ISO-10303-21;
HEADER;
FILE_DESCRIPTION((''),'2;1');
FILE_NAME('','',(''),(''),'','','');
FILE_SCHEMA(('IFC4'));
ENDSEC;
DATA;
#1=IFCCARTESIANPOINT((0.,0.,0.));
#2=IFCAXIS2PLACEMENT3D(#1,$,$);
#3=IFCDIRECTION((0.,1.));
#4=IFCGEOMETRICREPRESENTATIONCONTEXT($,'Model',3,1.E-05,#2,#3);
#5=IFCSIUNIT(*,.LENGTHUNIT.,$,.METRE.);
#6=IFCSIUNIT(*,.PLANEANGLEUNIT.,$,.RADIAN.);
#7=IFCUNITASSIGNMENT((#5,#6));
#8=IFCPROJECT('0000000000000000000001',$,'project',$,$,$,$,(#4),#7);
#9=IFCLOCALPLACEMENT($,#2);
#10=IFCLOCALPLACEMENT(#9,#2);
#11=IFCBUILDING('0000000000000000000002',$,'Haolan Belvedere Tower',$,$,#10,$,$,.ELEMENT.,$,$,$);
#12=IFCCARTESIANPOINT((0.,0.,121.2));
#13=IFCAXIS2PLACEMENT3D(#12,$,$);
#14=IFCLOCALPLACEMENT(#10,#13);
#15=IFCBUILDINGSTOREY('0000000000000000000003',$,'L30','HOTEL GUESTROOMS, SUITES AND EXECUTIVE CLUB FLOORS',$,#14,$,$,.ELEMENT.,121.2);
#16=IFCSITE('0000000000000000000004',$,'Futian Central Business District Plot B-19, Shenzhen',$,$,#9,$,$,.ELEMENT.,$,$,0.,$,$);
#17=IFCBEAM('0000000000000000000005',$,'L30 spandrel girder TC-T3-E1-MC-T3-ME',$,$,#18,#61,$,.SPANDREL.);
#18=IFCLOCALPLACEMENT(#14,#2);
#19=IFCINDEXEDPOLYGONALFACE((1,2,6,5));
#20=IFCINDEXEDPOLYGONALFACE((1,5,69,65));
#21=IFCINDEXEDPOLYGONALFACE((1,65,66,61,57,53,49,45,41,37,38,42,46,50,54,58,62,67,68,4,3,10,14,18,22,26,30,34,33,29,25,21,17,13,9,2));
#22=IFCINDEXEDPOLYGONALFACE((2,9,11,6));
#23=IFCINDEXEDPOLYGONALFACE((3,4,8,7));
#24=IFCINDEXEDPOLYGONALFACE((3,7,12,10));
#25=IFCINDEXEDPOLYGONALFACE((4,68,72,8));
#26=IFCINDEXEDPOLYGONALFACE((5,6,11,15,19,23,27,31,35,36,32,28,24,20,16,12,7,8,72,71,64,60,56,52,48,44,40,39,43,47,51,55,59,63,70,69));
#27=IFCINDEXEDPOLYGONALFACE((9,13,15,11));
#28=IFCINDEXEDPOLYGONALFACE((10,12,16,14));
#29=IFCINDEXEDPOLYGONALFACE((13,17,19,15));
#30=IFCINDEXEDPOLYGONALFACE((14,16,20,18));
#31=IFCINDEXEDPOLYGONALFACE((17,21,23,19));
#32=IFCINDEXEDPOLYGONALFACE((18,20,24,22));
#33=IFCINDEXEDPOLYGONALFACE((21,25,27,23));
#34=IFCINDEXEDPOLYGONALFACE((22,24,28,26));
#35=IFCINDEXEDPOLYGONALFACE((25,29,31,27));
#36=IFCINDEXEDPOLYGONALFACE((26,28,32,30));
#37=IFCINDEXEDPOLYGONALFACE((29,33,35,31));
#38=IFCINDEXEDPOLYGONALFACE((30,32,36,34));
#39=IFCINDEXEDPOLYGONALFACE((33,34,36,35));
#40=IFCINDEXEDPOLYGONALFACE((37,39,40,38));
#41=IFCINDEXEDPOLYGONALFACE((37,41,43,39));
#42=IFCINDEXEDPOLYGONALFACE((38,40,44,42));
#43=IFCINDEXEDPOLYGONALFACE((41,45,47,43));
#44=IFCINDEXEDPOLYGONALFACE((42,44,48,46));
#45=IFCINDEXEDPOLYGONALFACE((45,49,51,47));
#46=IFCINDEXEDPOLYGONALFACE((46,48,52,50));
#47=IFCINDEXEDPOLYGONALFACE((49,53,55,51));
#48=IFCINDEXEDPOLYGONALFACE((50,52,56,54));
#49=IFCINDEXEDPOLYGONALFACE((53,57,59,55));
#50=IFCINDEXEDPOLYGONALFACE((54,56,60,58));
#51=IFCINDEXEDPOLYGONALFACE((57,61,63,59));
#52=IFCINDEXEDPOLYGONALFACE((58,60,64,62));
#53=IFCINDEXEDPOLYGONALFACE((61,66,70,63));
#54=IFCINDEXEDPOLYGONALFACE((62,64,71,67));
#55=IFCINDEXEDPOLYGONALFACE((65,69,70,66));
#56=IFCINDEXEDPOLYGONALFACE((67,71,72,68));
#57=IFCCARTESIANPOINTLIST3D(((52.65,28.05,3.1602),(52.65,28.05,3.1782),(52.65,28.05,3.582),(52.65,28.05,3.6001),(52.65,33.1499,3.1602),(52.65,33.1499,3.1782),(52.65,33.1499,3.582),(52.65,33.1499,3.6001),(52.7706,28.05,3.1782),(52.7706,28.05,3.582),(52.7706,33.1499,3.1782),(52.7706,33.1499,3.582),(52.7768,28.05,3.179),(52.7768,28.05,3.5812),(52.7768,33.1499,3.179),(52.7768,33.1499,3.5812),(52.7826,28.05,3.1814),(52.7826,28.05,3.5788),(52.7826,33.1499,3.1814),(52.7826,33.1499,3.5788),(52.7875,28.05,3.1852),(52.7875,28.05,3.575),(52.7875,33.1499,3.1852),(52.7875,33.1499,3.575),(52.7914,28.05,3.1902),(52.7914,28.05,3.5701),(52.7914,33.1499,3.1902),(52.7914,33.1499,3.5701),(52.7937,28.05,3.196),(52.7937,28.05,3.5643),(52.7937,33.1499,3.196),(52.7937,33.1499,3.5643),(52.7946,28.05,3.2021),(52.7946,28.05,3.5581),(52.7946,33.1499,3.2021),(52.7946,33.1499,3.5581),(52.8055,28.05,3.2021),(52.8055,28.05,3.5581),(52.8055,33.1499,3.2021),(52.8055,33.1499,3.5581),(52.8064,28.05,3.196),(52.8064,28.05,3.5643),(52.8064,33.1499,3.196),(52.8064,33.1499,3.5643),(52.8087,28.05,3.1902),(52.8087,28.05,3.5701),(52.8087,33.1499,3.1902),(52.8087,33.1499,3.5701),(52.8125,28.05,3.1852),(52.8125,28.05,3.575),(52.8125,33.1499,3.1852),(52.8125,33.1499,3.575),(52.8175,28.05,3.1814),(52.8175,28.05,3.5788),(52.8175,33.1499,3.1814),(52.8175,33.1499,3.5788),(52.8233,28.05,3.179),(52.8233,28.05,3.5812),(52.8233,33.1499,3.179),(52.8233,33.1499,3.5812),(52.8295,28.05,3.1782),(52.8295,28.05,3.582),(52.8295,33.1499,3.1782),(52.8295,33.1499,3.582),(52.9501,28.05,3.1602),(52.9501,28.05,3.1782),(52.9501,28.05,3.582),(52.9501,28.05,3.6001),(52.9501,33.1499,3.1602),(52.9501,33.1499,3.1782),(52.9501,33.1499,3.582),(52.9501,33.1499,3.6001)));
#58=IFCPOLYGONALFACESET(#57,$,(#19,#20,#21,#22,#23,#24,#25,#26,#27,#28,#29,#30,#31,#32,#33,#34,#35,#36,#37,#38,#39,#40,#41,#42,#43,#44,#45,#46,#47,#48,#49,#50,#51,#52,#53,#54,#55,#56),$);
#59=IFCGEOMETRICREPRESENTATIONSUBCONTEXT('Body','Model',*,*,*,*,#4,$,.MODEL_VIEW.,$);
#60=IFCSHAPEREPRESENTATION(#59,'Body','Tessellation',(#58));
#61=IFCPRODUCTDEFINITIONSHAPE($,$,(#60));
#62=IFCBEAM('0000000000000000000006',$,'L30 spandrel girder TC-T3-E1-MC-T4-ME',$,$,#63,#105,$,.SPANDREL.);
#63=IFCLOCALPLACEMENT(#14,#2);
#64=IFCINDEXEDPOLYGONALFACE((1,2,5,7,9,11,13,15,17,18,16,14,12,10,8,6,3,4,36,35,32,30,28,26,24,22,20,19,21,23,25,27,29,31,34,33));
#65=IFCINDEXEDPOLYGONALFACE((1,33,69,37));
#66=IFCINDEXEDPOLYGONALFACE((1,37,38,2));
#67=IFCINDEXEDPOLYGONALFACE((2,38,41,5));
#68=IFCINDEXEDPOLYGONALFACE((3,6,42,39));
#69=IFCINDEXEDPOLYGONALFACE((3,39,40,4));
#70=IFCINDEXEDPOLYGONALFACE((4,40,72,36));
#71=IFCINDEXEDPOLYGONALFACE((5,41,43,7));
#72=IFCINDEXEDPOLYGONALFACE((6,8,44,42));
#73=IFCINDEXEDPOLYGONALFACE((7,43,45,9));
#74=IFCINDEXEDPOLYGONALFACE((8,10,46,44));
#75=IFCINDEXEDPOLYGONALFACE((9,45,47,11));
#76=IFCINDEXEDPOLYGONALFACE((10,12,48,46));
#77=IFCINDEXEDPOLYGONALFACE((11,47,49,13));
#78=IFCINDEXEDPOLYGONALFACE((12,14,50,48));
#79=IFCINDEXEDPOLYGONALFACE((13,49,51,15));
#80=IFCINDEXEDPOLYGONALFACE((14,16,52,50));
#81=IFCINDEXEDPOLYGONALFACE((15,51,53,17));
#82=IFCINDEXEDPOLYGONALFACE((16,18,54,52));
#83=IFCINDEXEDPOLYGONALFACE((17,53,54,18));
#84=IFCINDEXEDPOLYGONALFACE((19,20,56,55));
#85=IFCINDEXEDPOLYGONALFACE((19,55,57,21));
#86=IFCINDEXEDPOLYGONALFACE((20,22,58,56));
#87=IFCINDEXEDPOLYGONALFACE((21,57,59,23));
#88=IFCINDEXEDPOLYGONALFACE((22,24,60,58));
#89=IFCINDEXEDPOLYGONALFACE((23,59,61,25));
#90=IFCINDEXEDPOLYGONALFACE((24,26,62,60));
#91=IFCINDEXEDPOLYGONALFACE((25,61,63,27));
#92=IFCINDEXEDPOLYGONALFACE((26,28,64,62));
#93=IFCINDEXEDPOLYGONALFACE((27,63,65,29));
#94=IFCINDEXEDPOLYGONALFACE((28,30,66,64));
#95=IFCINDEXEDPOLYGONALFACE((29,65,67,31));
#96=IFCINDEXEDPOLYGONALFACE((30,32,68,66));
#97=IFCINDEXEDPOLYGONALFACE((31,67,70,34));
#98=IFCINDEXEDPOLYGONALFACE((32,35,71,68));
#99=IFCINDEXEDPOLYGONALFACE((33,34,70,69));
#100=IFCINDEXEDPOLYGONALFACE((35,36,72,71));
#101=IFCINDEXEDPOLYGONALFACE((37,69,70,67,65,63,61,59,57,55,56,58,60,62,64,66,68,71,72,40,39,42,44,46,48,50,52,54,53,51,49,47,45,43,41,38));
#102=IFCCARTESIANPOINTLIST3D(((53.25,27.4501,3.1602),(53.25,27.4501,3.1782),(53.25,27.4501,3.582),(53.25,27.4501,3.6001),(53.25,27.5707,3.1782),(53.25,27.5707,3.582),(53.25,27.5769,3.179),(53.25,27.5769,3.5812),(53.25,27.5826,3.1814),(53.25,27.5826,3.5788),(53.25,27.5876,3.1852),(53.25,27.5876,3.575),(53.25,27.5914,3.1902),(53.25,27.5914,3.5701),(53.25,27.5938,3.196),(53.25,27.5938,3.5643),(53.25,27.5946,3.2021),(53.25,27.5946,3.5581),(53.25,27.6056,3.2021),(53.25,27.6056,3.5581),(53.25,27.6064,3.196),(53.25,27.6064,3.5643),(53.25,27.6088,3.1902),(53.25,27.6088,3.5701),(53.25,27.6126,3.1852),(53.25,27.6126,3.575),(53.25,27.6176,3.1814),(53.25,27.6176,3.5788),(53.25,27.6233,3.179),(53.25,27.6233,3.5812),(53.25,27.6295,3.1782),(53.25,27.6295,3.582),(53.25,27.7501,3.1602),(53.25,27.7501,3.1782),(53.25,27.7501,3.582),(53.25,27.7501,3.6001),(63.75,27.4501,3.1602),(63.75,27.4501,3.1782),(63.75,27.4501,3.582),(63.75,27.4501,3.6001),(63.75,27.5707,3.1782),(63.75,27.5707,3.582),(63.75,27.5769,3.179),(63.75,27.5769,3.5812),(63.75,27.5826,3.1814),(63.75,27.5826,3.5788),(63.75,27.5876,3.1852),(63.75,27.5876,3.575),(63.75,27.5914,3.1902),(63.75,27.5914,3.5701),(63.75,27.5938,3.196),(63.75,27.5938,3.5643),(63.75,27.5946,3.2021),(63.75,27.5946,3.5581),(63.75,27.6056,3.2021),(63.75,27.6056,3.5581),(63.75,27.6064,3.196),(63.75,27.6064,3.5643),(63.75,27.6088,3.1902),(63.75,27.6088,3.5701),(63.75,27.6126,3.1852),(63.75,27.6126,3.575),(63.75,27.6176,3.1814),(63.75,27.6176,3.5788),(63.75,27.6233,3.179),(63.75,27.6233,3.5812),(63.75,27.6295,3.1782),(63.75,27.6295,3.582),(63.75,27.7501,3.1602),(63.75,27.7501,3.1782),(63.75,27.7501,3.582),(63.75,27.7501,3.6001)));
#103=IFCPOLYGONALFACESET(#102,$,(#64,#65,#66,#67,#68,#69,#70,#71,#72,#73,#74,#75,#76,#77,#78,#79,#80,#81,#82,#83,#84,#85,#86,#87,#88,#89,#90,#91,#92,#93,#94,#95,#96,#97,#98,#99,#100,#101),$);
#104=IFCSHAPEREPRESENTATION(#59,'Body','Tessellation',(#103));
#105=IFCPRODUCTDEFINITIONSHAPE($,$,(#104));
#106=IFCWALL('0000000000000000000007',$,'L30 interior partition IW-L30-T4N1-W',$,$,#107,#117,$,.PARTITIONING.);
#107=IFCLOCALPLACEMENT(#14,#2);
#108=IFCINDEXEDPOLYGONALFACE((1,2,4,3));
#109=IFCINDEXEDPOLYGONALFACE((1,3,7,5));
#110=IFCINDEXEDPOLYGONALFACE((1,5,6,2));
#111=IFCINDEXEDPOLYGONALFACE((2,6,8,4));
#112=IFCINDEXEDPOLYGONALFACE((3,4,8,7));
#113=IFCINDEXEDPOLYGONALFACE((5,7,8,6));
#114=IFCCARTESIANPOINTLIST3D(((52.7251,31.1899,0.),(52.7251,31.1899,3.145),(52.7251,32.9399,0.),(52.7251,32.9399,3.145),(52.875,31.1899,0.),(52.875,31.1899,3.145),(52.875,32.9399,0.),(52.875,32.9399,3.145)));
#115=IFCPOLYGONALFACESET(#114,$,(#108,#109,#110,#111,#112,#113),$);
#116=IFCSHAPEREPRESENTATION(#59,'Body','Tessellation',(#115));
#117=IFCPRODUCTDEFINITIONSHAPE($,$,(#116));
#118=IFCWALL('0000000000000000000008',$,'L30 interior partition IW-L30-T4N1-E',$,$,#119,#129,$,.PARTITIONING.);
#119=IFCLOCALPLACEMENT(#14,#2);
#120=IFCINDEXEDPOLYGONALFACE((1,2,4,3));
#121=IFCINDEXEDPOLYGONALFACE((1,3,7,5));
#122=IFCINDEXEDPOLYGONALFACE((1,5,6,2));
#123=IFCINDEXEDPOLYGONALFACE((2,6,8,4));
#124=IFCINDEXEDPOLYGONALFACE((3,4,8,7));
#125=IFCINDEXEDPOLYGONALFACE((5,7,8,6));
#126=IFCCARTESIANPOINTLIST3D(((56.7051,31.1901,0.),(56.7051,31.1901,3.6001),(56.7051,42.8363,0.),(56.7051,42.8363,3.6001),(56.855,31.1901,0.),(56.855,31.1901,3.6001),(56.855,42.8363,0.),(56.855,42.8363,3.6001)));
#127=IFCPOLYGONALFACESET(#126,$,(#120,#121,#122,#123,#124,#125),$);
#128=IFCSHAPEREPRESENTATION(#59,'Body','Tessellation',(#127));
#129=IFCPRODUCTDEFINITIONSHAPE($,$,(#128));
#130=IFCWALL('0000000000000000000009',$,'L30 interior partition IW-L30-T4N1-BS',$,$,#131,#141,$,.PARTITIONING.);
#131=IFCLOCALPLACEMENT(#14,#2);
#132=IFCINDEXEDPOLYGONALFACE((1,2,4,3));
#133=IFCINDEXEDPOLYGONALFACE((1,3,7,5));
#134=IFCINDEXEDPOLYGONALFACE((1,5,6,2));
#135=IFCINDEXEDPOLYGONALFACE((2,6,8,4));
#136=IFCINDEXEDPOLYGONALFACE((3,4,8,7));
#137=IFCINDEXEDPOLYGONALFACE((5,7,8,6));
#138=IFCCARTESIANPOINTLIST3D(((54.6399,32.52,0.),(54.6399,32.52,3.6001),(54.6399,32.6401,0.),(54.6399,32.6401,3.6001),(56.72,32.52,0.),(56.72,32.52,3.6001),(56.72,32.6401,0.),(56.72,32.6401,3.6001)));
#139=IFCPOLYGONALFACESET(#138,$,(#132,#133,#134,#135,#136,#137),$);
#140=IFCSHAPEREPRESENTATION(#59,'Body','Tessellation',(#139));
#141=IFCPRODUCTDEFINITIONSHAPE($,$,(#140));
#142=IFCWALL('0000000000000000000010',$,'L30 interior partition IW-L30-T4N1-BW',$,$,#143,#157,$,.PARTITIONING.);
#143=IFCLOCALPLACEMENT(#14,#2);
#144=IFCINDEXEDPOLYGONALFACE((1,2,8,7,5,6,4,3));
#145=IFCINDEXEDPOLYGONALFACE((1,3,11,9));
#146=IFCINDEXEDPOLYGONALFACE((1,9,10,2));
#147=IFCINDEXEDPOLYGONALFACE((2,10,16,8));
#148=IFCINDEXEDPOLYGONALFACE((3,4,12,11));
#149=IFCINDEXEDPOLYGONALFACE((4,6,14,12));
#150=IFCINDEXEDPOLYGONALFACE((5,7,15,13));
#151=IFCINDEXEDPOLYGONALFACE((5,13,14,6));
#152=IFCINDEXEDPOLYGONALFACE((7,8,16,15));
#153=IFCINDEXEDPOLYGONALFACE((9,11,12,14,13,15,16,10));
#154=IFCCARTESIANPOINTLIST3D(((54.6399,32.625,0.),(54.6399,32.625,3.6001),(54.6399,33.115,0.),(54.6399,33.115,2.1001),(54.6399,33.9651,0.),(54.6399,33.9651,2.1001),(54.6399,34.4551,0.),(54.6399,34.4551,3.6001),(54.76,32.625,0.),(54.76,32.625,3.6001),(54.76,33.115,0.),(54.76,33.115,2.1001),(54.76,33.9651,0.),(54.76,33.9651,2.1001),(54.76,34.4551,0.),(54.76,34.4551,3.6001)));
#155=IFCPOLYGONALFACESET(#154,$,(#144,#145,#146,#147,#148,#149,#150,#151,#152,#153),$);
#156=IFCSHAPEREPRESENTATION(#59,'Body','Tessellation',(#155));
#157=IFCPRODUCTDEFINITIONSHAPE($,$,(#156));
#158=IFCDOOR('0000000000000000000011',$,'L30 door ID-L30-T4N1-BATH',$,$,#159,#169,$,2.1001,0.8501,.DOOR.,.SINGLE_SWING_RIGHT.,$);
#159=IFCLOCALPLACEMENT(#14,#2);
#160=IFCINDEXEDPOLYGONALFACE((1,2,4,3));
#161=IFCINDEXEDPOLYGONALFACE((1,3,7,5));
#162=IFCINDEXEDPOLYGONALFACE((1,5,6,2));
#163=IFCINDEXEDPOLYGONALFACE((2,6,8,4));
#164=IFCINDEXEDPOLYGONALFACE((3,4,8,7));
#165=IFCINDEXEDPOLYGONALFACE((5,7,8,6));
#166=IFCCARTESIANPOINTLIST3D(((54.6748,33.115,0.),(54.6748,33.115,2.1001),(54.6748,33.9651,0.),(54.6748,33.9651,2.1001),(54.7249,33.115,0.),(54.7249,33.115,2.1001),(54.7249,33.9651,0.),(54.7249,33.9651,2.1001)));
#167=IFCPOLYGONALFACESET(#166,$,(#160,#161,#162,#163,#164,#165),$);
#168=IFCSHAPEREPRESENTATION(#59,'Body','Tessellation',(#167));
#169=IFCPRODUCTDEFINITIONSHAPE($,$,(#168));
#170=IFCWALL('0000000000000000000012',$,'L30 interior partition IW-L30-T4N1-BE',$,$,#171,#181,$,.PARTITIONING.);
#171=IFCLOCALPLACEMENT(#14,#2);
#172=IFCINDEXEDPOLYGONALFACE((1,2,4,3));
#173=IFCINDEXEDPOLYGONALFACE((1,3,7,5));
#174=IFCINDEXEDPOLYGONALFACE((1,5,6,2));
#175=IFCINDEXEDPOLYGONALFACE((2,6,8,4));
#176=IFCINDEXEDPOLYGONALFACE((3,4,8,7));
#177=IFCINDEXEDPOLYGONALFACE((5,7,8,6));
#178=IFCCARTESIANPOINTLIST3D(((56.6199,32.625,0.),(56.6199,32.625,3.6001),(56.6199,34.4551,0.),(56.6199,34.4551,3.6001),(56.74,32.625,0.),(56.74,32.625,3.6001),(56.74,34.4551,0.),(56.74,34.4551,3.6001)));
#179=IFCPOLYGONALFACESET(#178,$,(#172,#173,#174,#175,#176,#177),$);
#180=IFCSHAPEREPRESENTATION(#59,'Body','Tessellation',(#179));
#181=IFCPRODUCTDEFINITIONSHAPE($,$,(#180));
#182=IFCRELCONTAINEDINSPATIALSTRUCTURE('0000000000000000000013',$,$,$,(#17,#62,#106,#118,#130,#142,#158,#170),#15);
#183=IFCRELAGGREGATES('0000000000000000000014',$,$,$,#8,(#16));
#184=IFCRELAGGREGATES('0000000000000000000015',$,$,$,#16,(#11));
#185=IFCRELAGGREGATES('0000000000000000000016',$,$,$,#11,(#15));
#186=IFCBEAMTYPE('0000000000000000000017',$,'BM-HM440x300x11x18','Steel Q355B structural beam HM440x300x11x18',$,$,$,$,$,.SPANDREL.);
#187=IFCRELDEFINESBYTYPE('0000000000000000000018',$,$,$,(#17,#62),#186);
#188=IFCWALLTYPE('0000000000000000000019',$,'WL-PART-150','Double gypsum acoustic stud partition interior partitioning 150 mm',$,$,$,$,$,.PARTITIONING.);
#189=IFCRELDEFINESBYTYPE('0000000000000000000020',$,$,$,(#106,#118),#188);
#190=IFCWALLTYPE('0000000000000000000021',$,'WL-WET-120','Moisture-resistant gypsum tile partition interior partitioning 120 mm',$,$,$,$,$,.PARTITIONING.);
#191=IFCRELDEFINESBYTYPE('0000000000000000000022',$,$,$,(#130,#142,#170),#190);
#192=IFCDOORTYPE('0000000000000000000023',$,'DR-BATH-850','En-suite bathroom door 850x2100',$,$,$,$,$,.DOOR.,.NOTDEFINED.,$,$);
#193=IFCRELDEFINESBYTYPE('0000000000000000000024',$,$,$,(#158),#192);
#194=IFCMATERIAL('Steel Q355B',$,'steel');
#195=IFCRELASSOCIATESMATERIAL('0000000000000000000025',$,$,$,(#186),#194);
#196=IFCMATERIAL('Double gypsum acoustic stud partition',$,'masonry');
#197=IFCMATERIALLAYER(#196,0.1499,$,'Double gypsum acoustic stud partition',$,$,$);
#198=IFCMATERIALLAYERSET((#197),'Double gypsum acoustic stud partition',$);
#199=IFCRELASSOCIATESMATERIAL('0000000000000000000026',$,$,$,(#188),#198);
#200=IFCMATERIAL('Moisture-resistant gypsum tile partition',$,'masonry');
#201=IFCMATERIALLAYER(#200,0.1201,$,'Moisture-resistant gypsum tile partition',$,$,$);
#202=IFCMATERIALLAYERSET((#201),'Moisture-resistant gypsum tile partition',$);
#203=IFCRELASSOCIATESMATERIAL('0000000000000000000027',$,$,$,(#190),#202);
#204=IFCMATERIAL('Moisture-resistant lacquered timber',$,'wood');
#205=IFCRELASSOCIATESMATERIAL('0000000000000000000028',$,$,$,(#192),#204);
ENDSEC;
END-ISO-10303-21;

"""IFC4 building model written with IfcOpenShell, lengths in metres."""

from ifc_helpers import new_model, si_unit, direction, frame, frame_2d, origin, origin_2d, place, context, subcontext, project, spatial, rectangle, i_section, extrude, material, layer, layer_set, material_profile, profile_set, type_object, element, fill, save


model = new_model("IFC4")

# Units and contexts
model_context = context("Model", 3, precision=1e-05, world=origin(), true_north=direction((0.0, 1.0)))
body_context = subcontext(model_context, "Body", "Model", "MODEL_VIEW")
ifc_project = project(units=[si_unit("LENGTHUNIT", "METRE"), si_unit("PLANEANGLEUNIT", "RADIAN")], contexts=[model_context])

# Site, building, storey
site_placement = place(None, origin())
site = spatial("IfcSite", under=ifc_project, at=site_placement, Name="Futian Central Business District Plot B-19, Shenzhen", CompositionType="ELEMENT", RefElevation=0.0)
building_placement = place(site_placement, origin())
building = spatial("IfcBuilding", under=site, at=building_placement, Name="Haolan Belvedere Tower", CompositionType="ELEMENT")
storey_placement = place(building_placement, frame((0.0, 0.0, 121.2)))
storey = spatial("IfcBuildingStorey", under=building, at=storey_placement, Name="L30", Description="HOTEL GUESTROOMS, SUITES AND EXECUTIVE CLUB FLOORS", CompositionType="ELEMENT", Elevation=121.2)

# Beams
ifc_material_1 = material(Name="Steel Q355B", Category="steel")
ifc_material_profile = material_profile(ifc_material_1, i_section(OverallWidth=0.3, OverallDepth=0.4399, WebThickness=0.011, FlangeThickness=0.0181, FilletRadius=0.0239, at=origin_2d()), Name="Steel Q355B")
ifc_profile_set = profile_set([ifc_material_profile], Name="Steel Q355B")
beam_type = type_object("IfcBeamType", Name="BM-HM440x300x11x18", Description="Steel Q355B structural beam HM440x300x11x18", PredefinedType="SPANDREL", material=ifc_profile_set)
beam_1_placement = place(storey_placement, frame((52.8, 28.05, 3.3801), z_axis=(0.0, 1.0, 0.0), x_axis=(-1.0, 0.0, 0.0)))
element("IfcBeam", 1, at=beam_1_placement, inside=storey, type_object=beam_type, Name="L30 spandrel girder TC-T3-E1-MC-T3-ME", PredefinedType="SPANDREL", context=body_context, shape_type="SweptSolid", body=[
    extrude(i_section(OverallWidth=0.3, OverallDepth=0.4399, WebThickness=0.011, FlangeThickness=0.0181, FilletRadius=0.0239, at=origin_2d()), origin(), (0.0, 0.0, 1.0), 5.0999),
])
beam_2_placement = place(storey_placement, frame((53.25, 27.6001, 3.3801), z_axis=(1.0, 0.0, 0.0), x_axis=(0.0, 1.0, 0.0)))
element("IfcBeam", 2, at=beam_2_placement, inside=storey, type_object=beam_type, Name="L30 spandrel girder TC-T3-E1-MC-T4-ME", PredefinedType="SPANDREL", context=body_context, shape_type="SweptSolid", body=[
    extrude(i_section(OverallWidth=0.3, OverallDepth=0.4399, WebThickness=0.011, FlangeThickness=0.0181, FilletRadius=0.0239, at=origin_2d()), origin(), (0.0, 0.0, 1.0), 10.5),
])

# Walls
ifc_material_2 = material(Name="Double gypsum acoustic stud partition", Category="masonry")
ifc_layer_1 = layer(ifc_material_2, 0.1499, Name="Double gypsum acoustic stud partition")
ifc_layer_set_1 = layer_set([ifc_layer_1], Name="Double gypsum acoustic stud partition")
wall_type_1 = type_object("IfcWallType", Name="WL-PART-150", Description="Double gypsum acoustic stud partition interior partitioning 150 mm", PredefinedType="PARTITIONING", material=ifc_layer_set_1)
wall_1_placement = place(storey_placement, frame((52.8, 31.1899, 0.0), z_axis=(0.0, 0.0, 1.0), x_axis=(0.0, 1.0, 0.0)))
element("IfcWall", 3, at=wall_1_placement, inside=storey, type_object=wall_type_1, Name="L30 interior partition IW-L30-T4N1-W", PredefinedType="PARTITIONING", context=body_context, shape_type="SweptSolid", body=[
    extrude(rectangle(XDim=1.75, YDim=0.1499, at=frame_2d((0.875, 0.0))), origin(), (0.0, 0.0, 1.0), 3.145),
])
wall_2_placement = place(storey_placement, frame((56.78, 31.1899, 0.0), z_axis=(0.0, 0.0, 1.0), x_axis=(0.0, 1.0, 0.0)))
element("IfcWall", 4, at=wall_2_placement, inside=storey, type_object=wall_type_1, Name="L30 interior partition IW-L30-T4N1-E", PredefinedType="PARTITIONING", context=body_context, shape_type="SweptSolid", body=[
    extrude(rectangle(XDim=11.6462, YDim=0.1499, at=frame_2d((5.8232, 0.0))), origin(), (0.0, 0.0, 1.0), 3.6001),
])

# Wall
ifc_material_3 = material(Name="Moisture-resistant gypsum tile partition", Category="masonry")
ifc_layer_2 = layer(ifc_material_3, 0.1201, Name="Moisture-resistant gypsum tile partition")
ifc_layer_set_2 = layer_set([ifc_layer_2], Name="Moisture-resistant gypsum tile partition")
wall_type_2 = type_object("IfcWallType", Name="WL-WET-120", Description="Moisture-resistant gypsum tile partition interior partitioning 120 mm", PredefinedType="PARTITIONING", material=ifc_layer_set_2)
wall_3_placement = place(storey_placement, frame((54.6399, 32.5801, 0.0), z_axis=(0.0, 0.0, 1.0), x_axis=(1.0, 0.0, 0.0)))
element("IfcWall", 5, at=wall_3_placement, inside=storey, type_object=wall_type_2, Name="L30 interior partition IW-L30-T4N1-BS", PredefinedType="PARTITIONING", context=body_context, shape_type="SweptSolid", body=[
    extrude(rectangle(XDim=2.0801, YDim=0.1201, at=frame_2d((1.04, 0.0))), origin(), (0.0, 0.0, 1.0), 3.6001),
])

# Wall, opening, door
wall_4_placement = place(storey_placement, frame((54.7, 32.625, 0.0), z_axis=(0.0, 0.0, 1.0), x_axis=(0.0, 1.0, 0.0)))
wall_4 = element("IfcWall", 6, at=wall_4_placement, inside=storey, type_object=wall_type_2, Name="L30 interior partition IW-L30-T4N1-BW", PredefinedType="PARTITIONING", context=body_context, shape_type="SweptSolid", body=[
    extrude(rectangle(XDim=1.8301, YDim=0.1201, at=frame_2d((0.915, 0.0))), origin(), (0.0, 0.0, 1.0), 3.6001),
])
opening_1_placement = place(wall_4_placement, frame((1.3401, 0.0, 0.0), z_axis=(0.0, 0.0, 1.0), x_axis=(-1.0, 0.0, 0.0)))
opening_1 = element("IfcOpeningElement", 7, at=opening_1_placement, cuts=wall_4, PredefinedType="OPENING", context=body_context, shape_type="SweptSolid", body=[
    extrude(rectangle(XDim=0.8501, YDim=2.1001, at=frame_2d((0.425, 1.05))), frame((0.0, 0.0701, 0.0), z_axis=(0.0, -1.0, 0.0), x_axis=(1.0, 0.0, 0.0)), (0.0, 0.0, 1.0), 0.1401),
])
ifc_material_4 = material(Name="Moisture-resistant lacquered timber", Category="wood")
door_type_1 = type_object("IfcDoorType", Name="DR-BATH-850", Description="En-suite bathroom door 850x2100", OperationType="NOTDEFINED", PredefinedType="DOOR", material=ifc_material_4)
door_1_placement = place(opening_1_placement, origin())
door_1 = element("IfcDoor", 8, at=door_1_placement, inside=storey, type_object=door_type_1, Name="L30 door ID-L30-T4N1-BATH", OperationType="SINGLE_SWING_RIGHT", OverallHeight=2.1001, OverallWidth=0.8501, PredefinedType="DOOR", context=body_context, shape_type="SweptSolid", body=[
    extrude(rectangle(XDim=0.8501, YDim=2.1001, at=frame_2d((0.425, 1.05))), frame((0.0, 0.0249, 0.0), z_axis=(0.0, -1.0, 0.0), x_axis=(1.0, 0.0, 0.0)), (0.0, 0.0, 1.0), 0.05),
])
fill(opening_1, door_1)

# Wall
wall_5_placement = place(storey_placement, frame((56.6799, 32.625, 0.0), z_axis=(0.0, 0.0, 1.0), x_axis=(0.0, 1.0, 0.0)))
element("IfcWall", 9, at=wall_5_placement, inside=storey, type_object=wall_type_2, Name="L30 interior partition IW-L30-T4N1-BE", PredefinedType="PARTITIONING", context=body_context, shape_type="SweptSolid", body=[
    extrude(rectangle(XDim=1.8301, YDim=0.1201, at=frame_2d((0.915, 0.0))), origin(), (0.0, 0.0, 1.0), 3.6001),
])

save(model, "model.ifc")
